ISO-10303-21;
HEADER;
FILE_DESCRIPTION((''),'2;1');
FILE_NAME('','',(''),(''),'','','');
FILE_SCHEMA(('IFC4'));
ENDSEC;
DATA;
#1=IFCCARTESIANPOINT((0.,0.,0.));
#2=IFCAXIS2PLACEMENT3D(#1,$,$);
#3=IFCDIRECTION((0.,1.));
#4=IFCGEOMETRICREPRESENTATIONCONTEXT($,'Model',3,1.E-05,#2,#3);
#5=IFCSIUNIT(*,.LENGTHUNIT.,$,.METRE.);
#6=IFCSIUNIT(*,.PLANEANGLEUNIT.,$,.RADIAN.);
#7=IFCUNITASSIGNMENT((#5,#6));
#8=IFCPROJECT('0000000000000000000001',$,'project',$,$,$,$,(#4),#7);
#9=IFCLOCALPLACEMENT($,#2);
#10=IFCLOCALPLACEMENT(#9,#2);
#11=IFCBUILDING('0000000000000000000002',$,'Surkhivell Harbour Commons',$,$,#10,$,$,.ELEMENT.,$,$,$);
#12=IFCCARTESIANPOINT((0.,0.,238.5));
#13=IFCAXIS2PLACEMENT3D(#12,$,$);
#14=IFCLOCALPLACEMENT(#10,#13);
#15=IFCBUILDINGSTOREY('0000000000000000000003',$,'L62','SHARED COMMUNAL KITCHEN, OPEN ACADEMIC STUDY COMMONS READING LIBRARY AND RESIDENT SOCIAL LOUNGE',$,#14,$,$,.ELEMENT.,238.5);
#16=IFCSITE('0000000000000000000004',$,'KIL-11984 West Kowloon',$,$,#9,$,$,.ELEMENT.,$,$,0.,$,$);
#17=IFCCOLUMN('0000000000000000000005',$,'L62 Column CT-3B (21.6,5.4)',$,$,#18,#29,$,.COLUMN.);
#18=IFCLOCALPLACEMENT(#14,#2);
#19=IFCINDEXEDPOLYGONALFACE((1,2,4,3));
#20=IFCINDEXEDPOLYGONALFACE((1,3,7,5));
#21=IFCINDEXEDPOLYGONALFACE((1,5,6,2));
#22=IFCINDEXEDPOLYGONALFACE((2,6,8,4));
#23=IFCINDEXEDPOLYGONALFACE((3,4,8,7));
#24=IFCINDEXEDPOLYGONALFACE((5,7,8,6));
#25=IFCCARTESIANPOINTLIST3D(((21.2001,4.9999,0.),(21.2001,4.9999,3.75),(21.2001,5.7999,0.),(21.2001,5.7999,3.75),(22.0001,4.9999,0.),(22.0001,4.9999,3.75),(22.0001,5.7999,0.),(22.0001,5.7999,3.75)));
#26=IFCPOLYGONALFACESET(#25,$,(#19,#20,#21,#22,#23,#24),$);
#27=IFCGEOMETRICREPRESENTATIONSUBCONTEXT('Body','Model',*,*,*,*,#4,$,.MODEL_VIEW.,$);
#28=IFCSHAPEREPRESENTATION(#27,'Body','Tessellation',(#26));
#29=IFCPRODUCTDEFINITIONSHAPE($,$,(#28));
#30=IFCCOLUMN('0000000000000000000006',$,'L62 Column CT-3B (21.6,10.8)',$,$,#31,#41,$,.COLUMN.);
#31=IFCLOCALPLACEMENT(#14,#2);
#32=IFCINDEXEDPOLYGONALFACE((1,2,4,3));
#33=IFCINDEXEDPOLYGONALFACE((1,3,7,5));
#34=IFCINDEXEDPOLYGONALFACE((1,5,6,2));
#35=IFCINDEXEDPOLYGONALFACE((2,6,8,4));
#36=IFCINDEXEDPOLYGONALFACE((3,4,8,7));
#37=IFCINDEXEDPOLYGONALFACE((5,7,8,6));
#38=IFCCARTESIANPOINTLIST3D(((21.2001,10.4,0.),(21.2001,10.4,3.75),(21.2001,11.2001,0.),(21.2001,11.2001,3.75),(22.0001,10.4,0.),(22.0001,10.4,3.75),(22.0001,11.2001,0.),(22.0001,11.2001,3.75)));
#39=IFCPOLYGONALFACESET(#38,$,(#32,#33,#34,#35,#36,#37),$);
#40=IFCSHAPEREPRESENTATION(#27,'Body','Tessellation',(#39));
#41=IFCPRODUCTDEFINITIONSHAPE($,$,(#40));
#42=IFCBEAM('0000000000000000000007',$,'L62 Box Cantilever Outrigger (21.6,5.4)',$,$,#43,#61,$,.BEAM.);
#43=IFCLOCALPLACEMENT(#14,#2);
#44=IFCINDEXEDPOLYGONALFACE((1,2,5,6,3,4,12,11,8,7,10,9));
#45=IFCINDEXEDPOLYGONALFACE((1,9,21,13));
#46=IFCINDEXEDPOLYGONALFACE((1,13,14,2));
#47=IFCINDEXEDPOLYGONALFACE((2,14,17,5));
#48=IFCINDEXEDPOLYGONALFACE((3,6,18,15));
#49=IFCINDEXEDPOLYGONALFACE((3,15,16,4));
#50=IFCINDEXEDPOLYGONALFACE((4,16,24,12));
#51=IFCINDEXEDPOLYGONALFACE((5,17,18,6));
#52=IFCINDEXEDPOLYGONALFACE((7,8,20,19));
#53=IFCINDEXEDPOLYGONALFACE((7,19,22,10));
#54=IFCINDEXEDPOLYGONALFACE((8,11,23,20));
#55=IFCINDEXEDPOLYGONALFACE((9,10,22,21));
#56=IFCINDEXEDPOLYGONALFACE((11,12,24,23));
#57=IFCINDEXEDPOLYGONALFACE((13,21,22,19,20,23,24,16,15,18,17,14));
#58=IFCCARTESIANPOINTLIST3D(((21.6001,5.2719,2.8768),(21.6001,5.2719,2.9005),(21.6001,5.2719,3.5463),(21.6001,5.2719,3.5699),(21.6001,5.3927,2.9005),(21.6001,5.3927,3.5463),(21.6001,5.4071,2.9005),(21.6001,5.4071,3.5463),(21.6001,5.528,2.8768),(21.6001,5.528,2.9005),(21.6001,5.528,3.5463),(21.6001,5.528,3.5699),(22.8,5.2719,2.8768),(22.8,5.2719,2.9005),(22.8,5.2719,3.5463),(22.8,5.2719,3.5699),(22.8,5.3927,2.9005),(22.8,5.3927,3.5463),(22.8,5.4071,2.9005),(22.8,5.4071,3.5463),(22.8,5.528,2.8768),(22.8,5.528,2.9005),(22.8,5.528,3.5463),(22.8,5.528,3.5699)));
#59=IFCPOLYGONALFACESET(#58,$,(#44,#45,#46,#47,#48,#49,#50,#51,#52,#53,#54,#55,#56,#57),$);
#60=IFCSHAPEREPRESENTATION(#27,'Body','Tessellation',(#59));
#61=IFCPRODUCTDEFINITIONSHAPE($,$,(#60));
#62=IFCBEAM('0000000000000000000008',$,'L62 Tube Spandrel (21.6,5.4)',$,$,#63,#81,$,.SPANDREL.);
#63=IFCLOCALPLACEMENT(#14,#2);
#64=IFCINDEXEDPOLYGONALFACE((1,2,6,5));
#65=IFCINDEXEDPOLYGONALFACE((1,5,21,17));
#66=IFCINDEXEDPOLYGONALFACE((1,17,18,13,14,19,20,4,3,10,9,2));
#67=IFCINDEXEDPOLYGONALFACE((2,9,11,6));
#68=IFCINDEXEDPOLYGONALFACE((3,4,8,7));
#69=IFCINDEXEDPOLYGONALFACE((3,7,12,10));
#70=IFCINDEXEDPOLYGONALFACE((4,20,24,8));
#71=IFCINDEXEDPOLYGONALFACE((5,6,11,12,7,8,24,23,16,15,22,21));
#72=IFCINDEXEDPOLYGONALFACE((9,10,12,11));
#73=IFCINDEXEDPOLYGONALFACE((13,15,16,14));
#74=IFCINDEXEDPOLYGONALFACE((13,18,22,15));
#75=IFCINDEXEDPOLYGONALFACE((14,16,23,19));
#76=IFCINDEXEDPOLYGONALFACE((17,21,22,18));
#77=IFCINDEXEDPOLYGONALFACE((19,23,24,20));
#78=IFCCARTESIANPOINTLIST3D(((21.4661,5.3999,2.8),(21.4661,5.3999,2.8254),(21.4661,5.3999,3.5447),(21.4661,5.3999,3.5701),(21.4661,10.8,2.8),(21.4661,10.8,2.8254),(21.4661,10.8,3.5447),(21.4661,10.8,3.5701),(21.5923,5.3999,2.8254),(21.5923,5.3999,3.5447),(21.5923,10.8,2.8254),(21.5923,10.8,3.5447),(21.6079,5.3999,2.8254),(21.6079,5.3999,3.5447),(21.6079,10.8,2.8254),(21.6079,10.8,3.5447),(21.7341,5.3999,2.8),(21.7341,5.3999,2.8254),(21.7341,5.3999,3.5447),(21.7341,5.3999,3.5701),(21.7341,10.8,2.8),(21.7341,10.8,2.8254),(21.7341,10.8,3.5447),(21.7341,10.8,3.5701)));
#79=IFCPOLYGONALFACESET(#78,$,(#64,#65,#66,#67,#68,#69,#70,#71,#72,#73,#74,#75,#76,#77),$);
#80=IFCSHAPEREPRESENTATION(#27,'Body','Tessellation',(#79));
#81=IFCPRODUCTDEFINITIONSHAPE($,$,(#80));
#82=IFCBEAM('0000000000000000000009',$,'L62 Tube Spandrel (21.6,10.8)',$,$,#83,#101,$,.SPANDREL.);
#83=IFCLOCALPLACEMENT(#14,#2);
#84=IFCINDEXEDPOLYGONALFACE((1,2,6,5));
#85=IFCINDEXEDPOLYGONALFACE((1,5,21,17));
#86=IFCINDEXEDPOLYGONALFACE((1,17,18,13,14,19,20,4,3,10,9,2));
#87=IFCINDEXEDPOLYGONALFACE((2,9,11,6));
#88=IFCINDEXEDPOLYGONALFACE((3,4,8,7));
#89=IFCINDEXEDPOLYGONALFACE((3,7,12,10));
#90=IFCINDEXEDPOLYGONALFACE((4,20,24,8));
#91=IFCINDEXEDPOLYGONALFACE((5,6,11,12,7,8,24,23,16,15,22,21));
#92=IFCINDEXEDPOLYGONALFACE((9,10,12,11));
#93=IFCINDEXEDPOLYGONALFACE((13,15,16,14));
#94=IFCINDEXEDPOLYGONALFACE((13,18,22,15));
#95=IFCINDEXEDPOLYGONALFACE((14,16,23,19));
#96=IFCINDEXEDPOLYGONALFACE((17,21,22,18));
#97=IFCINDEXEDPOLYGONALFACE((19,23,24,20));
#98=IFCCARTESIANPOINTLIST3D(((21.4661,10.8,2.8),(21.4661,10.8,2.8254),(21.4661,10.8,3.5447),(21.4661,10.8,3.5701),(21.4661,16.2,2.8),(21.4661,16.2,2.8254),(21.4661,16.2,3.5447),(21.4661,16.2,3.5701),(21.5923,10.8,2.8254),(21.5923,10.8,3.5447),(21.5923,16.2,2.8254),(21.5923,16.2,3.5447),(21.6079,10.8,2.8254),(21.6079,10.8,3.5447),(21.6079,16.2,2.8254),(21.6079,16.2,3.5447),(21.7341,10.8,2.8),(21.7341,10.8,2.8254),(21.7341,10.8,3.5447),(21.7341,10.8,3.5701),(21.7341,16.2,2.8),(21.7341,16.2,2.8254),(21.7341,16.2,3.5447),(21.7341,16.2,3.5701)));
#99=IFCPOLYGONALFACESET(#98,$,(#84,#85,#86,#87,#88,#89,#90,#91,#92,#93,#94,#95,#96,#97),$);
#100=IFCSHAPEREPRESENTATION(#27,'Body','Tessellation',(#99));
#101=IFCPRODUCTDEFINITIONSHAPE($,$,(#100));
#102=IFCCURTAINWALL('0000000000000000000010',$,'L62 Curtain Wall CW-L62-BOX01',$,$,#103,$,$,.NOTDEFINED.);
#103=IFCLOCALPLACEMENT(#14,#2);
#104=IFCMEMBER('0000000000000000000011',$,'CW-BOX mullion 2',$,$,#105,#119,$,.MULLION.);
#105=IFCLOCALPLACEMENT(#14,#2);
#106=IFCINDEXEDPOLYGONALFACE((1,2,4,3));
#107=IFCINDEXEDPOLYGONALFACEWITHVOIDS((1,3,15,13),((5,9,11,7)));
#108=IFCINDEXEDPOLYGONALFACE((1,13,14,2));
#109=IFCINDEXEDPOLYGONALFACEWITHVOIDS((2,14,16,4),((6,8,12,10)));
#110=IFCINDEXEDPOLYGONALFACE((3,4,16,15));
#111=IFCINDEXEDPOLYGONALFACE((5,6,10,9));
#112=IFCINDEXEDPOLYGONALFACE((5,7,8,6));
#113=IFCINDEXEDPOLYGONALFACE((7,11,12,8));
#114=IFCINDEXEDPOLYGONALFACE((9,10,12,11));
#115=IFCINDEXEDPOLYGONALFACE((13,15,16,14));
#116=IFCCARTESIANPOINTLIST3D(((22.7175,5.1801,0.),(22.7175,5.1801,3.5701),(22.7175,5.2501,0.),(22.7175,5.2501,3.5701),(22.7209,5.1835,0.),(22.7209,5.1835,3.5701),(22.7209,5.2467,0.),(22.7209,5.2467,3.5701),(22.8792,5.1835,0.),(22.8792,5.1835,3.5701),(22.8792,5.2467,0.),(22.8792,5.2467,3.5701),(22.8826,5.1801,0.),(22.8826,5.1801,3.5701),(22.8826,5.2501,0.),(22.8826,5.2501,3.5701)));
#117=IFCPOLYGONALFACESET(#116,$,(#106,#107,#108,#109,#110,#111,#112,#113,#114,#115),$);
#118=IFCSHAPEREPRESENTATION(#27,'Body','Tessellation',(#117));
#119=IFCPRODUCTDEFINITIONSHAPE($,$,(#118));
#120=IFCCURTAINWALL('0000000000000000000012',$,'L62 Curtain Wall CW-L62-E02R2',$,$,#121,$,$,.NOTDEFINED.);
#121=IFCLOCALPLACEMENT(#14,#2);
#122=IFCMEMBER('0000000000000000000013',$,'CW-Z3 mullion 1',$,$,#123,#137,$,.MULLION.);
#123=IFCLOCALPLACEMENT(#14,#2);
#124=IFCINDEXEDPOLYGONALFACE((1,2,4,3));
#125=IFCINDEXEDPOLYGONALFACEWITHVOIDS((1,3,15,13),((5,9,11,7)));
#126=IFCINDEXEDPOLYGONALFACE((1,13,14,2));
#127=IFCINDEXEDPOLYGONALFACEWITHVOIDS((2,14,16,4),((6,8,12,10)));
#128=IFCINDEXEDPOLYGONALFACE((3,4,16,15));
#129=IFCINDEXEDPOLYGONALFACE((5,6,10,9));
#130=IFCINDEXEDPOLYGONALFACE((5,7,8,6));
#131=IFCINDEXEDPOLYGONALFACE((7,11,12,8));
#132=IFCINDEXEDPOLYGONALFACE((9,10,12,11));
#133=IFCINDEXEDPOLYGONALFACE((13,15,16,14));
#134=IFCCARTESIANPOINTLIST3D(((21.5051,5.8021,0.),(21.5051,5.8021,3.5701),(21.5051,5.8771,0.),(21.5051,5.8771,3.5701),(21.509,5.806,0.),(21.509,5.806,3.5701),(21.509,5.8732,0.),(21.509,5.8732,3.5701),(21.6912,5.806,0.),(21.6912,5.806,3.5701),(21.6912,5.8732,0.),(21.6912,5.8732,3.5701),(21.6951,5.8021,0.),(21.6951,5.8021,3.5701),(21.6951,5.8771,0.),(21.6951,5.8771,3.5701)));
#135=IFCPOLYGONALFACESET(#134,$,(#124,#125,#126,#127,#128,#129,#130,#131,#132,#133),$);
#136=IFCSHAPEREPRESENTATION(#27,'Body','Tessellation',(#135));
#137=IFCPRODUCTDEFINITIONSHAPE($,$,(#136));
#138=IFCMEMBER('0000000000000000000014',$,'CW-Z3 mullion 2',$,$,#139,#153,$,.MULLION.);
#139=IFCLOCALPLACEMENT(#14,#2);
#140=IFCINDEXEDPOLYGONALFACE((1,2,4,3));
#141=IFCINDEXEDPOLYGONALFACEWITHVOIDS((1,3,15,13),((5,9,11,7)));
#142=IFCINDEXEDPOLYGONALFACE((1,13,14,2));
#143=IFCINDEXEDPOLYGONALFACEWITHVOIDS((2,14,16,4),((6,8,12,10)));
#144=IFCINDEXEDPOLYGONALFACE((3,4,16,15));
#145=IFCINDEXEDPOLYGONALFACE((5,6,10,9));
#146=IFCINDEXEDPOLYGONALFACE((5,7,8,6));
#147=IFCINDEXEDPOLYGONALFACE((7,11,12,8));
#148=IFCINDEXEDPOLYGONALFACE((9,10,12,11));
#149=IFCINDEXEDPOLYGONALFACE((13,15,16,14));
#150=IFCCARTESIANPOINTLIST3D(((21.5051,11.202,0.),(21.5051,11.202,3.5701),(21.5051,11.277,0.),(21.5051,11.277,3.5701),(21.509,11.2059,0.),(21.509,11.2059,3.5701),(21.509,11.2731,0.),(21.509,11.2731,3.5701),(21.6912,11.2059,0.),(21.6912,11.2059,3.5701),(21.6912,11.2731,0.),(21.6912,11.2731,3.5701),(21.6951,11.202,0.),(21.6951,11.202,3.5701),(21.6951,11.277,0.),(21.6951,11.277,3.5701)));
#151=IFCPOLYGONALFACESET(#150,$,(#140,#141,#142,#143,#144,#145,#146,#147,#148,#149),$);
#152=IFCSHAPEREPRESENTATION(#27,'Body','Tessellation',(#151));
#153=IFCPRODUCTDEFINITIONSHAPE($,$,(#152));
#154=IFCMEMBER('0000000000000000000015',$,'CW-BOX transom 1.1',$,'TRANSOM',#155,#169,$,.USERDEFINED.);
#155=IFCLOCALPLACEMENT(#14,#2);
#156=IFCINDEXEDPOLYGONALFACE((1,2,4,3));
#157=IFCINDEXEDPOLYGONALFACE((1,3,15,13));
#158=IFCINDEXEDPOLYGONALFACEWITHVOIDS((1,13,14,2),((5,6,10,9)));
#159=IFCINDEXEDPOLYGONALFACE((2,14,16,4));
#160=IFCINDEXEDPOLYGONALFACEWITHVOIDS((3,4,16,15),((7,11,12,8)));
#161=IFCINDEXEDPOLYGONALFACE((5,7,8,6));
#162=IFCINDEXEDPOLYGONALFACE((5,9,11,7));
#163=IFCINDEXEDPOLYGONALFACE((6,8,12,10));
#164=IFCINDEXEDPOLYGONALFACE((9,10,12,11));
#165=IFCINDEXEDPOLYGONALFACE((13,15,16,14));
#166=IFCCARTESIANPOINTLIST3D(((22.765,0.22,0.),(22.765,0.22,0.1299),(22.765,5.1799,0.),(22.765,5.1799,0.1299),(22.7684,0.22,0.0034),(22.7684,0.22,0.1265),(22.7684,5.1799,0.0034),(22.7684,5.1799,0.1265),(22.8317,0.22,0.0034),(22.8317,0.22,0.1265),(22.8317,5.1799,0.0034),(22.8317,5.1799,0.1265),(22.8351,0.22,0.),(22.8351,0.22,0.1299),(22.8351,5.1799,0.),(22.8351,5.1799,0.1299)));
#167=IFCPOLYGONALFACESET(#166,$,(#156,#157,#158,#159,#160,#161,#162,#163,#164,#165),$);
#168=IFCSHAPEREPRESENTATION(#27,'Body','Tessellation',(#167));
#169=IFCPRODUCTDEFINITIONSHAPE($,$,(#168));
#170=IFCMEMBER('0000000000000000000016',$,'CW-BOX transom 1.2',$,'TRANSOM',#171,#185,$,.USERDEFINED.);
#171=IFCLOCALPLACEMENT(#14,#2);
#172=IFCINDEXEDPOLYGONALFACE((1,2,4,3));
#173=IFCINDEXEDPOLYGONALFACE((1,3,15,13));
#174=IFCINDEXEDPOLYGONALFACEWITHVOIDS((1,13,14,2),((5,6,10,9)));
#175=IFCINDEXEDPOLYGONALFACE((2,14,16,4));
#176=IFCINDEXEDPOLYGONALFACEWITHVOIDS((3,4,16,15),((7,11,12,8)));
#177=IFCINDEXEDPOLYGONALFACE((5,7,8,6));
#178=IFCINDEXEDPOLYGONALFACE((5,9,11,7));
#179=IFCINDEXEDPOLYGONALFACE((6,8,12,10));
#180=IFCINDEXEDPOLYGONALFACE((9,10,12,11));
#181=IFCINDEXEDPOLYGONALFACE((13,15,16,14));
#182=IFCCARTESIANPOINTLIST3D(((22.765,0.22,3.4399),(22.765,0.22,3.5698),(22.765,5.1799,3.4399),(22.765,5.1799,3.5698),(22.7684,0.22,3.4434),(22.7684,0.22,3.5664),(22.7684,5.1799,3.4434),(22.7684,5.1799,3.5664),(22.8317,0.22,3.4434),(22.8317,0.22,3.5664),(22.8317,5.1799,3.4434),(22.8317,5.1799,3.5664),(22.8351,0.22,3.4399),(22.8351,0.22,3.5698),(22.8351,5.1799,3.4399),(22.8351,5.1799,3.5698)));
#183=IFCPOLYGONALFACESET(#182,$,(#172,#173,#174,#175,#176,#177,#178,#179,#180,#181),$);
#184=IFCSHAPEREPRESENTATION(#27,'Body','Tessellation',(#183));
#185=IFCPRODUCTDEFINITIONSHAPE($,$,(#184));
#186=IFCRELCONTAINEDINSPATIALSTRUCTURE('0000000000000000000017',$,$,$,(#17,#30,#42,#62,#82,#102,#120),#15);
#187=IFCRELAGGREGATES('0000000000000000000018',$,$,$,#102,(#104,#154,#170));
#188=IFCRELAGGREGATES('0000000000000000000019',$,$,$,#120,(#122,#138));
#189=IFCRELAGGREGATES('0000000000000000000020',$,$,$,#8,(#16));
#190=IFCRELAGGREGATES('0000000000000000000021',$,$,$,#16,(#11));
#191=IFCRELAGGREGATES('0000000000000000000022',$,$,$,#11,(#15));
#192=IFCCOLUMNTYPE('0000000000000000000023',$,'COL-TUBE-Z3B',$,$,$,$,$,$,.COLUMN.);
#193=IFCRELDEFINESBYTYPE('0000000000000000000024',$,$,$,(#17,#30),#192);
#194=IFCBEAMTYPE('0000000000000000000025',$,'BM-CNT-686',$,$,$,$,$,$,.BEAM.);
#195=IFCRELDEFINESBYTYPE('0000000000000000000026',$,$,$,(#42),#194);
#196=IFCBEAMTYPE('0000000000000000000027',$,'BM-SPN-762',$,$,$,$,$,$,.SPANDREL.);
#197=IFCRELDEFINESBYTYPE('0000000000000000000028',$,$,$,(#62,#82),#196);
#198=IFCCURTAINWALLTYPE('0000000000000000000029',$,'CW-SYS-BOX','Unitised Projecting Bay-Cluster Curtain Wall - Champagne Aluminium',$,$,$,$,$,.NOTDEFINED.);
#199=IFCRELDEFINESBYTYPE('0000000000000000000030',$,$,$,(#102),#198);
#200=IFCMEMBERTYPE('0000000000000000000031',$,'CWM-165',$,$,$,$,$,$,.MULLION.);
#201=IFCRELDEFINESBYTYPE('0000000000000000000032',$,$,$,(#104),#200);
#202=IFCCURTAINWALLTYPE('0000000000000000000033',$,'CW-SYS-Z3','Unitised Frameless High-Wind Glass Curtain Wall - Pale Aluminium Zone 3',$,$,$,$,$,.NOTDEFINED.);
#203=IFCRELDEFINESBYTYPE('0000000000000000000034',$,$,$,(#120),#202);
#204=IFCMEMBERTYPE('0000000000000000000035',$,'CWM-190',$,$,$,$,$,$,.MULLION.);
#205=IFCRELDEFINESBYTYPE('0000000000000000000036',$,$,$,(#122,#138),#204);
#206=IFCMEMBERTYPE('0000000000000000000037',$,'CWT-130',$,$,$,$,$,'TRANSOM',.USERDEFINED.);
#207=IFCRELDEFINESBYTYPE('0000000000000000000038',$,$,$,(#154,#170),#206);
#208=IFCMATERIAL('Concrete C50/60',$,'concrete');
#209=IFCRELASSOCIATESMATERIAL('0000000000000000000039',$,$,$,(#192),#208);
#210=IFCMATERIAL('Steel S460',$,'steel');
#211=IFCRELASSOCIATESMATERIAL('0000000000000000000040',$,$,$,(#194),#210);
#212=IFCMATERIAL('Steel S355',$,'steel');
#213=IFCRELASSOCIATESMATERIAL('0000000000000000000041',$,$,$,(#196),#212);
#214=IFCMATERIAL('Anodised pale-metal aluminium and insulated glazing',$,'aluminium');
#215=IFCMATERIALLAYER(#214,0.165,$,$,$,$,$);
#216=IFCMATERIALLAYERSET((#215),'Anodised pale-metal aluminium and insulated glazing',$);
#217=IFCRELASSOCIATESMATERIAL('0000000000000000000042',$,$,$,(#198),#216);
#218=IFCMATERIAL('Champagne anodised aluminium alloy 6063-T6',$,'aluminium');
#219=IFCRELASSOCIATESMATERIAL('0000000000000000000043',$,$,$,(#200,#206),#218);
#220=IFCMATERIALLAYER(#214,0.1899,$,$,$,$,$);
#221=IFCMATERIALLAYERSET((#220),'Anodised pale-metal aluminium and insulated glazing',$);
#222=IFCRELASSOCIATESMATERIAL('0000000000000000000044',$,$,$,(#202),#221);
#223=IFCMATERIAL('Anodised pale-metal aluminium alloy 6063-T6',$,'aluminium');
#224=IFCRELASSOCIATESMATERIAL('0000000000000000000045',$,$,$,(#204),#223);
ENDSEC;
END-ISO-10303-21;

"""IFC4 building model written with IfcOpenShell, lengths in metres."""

from ifc_helpers import new_model, si_unit, direction, frame, origin, origin_2d, place, context, subcontext, project, spatial, rectangle, hollow_rectangle, i_section, extrude, material, layer, layer_set, material_profile, profile_set, type_object, element, aggregate, save


model = new_model("IFC4")

# Units and contexts
model_context = context("Model", 3, precision=1e-05, world=origin(), true_north=direction((0.0, 1.0)))
body_context = subcontext(model_context, "Body", "Model", "MODEL_VIEW")
ifc_project = project(units=[si_unit("LENGTHUNIT", "METRE"), si_unit("PLANEANGLEUNIT", "RADIAN")], contexts=[model_context])

# Site, building, storey
site_placement = place(None, origin())
site = spatial("IfcSite", under=ifc_project, at=site_placement, Name="KIL-11984 West Kowloon", CompositionType="ELEMENT", RefElevation=0.0)
building_placement = place(site_placement, origin())
building = spatial("IfcBuilding", under=site, at=building_placement, Name="Surkhivell Harbour Commons", CompositionType="ELEMENT")
storey_placement = place(building_placement, frame((0.0, 0.0, 238.5)))
storey = spatial("IfcBuildingStorey", under=building, at=storey_placement, Name="L62", Description="SHARED COMMUNAL KITCHEN, OPEN ACADEMIC STUDY COMMONS READING LIBRARY AND RESIDENT SOCIAL LOUNGE", CompositionType="ELEMENT", Elevation=238.5)

# Columns
ifc_material_1 = material(Name="Concrete C50/60", Category="concrete")
ifc_material_profile_1 = material_profile(ifc_material_1, rectangle(XDim=0.8, YDim=0.8, at=origin_2d()), Name="RC-COL-800x800")
ifc_profile_set_1 = profile_set([ifc_material_profile_1], Name="Concrete C50/60")
column_type = type_object("IfcColumnType", Name="COL-TUBE-Z3B", PredefinedType="COLUMN", material=ifc_profile_set_1)
for number, where, z_axis, x_axis, name in (
    (1, (21.6001, 5.3999, 0.0), (0.0, 0.0, 1.0), (1.0, 0.0, 0.0), "L62 Column CT-3B (21.6,5.4)"),
    (2, (21.6001, 10.8, 0.0), (0.0, 0.0, 1.0), (1.0, 0.0, 0.0), "L62 Column CT-3B (21.6,10.8)"),
):
    element("IfcColumn", number, at=place(storey_placement, frame(where, z_axis=z_axis, x_axis=x_axis)), inside=storey, type_object=column_type, Name=name, PredefinedType="COLUMN", context=body_context, shape_type="SweptSolid", body=[
        extrude(rectangle(XDim=0.8, YDim=0.8, at=origin_2d()), origin(), (0.0, 0.0, 1.0), 3.75),
    ])

# Beams
ifc_material_2 = material(Name="Steel S460", Category="steel")
ifc_material_profile_2 = material_profile(ifc_material_2, i_section(OverallWidth=0.2561, OverallDepth=0.6931, WebThickness=0.0144, FlangeThickness=0.0237, at=origin_2d()), Name="UB686x254x170")
ifc_profile_set_2 = profile_set([ifc_material_profile_2], Name="Steel S460")
beam_type_1 = type_object("IfcBeamType", Name="BM-CNT-686", PredefinedType="BEAM", material=ifc_profile_set_2)
beam_1_placement = place(storey_placement, frame((21.6001, 5.3999, 3.2234), z_axis=(1.0, 0.0, 0.0), x_axis=(0.0, 1.0, 0.0)))
element("IfcBeam", 3, at=beam_1_placement, inside=storey, type_object=beam_type_1, Name="L62 Box Cantilever Outrigger (21.6,5.4)", PredefinedType="BEAM", context=body_context, shape_type="SweptSolid", body=[
    extrude(i_section(OverallWidth=0.2561, OverallDepth=0.6931, WebThickness=0.0144, FlangeThickness=0.0237, at=origin_2d()), origin(), (0.0, 0.0, 1.0), 1.2),
])
ifc_material_3 = material(Name="Steel S355", Category="steel")
ifc_material_profile_3 = material_profile(ifc_material_3, i_section(OverallWidth=0.2681, OverallDepth=0.77, WebThickness=0.0156, FlangeThickness=0.0254, at=origin_2d()), Name="UB762x267x197")
ifc_profile_set_3 = profile_set([ifc_material_profile_3], Name="Steel S355")
beam_type_2 = type_object("IfcBeamType", Name="BM-SPN-762", PredefinedType="SPANDREL", material=ifc_profile_set_3)
beam_2_placement = place(storey_placement, frame((21.6001, 5.3999, 3.1851), z_axis=(0.0, 1.0, 0.0), x_axis=(-1.0, 0.0, 0.0)))
element("IfcBeam", 4, at=beam_2_placement, inside=storey, type_object=beam_type_2, Name="L62 Tube Spandrel (21.6,5.4)", PredefinedType="SPANDREL", context=body_context, shape_type="SweptSolid", body=[
    extrude(i_section(OverallWidth=0.2681, OverallDepth=0.77, WebThickness=0.0156, FlangeThickness=0.0254, at=origin_2d()), origin(), (0.0, 0.0, 1.0), 5.4001),
])
beam_3_placement = place(storey_placement, frame((21.6001, 10.8, 3.1851), z_axis=(0.0, 1.0, 0.0), x_axis=(-1.0, 0.0, 0.0)))
element("IfcBeam", 5, at=beam_3_placement, inside=storey, type_object=beam_type_2, Name="L62 Tube Spandrel (21.6,10.8)", PredefinedType="SPANDREL", context=body_context, shape_type="SweptSolid", body=[
    extrude(i_section(OverallWidth=0.2681, OverallDepth=0.77, WebThickness=0.0156, FlangeThickness=0.0254, at=origin_2d()), origin(), (0.0, 0.0, 1.0), 5.3999),
])

# Curtain wall, member
ifc_material_4 = material(Name="Anodised pale-metal aluminium and insulated glazing", Category="aluminium")
ifc_layer_1 = layer(ifc_material_4, 0.165)
ifc_layer_set_1 = layer_set([ifc_layer_1], Name="Anodised pale-metal aluminium and insulated glazing")
curtain_wall_type_1 = type_object("IfcCurtainWallType", Name="CW-SYS-BOX", Description="Unitised Projecting Bay-Cluster Curtain Wall - Champagne Aluminium", PredefinedType="NOTDEFINED", material=ifc_layer_set_1)
curtain_wall_1_placement = place(storey_placement, origin())
curtain_wall_1 = element("IfcCurtainWall", 6, at=curtain_wall_1_placement, inside=storey, type_object=curtain_wall_type_1, Name="L62 Curtain Wall CW-L62-BOX01", PredefinedType="NOTDEFINED")
ifc_material_5 = material(Name="Champagne anodised aluminium alloy 6063-T6", Category="aluminium")
ifc_material_profile_4 = material_profile(ifc_material_5, hollow_rectangle(XDim=0.0701, YDim=0.165, WallThickness=0.0034, at=origin_2d()), Name="ALU-MULL-70x165")
ifc_profile_set_4 = profile_set([ifc_material_profile_4], Name="Champagne anodised aluminium alloy 6063-T6")
member_type_1 = type_object("IfcMemberType", Name="CWM-165", PredefinedType="MULLION", material=ifc_profile_set_4)
member_1_placement = place(storey_placement, frame((22.8, 5.2151, 0.0), z_axis=(0.0, 0.0, 1.0), x_axis=(0.0, 1.0, 0.0)))
member_1 = element("IfcMember", 7, at=member_1_placement, type_object=member_type_1, Name="CW-BOX mullion 2", PredefinedType="MULLION", context=body_context, shape_type="SweptSolid", body=[
    extrude(hollow_rectangle(XDim=0.0701, YDim=0.165, WallThickness=0.0034, at=origin_2d()), origin(), (0.0, 0.0, 1.0), 3.5701),
])

# Curtain wall, members
ifc_layer_2 = layer(ifc_material_4, 0.1899)
ifc_layer_set_2 = layer_set([ifc_layer_2], Name="Anodised pale-metal aluminium and insulated glazing")
curtain_wall_type_2 = type_object("IfcCurtainWallType", Name="CW-SYS-Z3", Description="Unitised Frameless High-Wind Glass Curtain Wall - Pale Aluminium Zone 3", PredefinedType="NOTDEFINED", material=ifc_layer_set_2)
curtain_wall_2_placement = place(storey_placement, origin())
curtain_wall_2 = element("IfcCurtainWall", 8, at=curtain_wall_2_placement, inside=storey, type_object=curtain_wall_type_2, Name="L62 Curtain Wall CW-L62-E02R2", PredefinedType="NOTDEFINED")
ifc_material_6 = material(Name="Anodised pale-metal aluminium alloy 6063-T6", Category="aluminium")
ifc_material_profile_5 = material_profile(ifc_material_6, hollow_rectangle(XDim=0.075, YDim=0.1899, WallThickness=0.0039, at=origin_2d()), Name="ALU-MULL-75x190")
ifc_profile_set_5 = profile_set([ifc_material_profile_5], Name="Anodised pale-metal aluminium alloy 6063-T6")
member_type_2 = type_object("IfcMemberType", Name="CWM-190", PredefinedType="MULLION", material=ifc_profile_set_5)
member_2_placement = place(storey_placement, frame((21.6001, 5.8396, 0.0), z_axis=(0.0, 0.0, 1.0), x_axis=(0.0, 1.0, 0.0)))
member_2 = element("IfcMember", 9, at=member_2_placement, type_object=member_type_2, Name="CW-Z3 mullion 1", PredefinedType="MULLION", context=body_context, shape_type="SweptSolid", body=[
    extrude(hollow_rectangle(XDim=0.075, YDim=0.1899, WallThickness=0.0039, at=origin_2d()), origin(), (0.0, 0.0, 1.0), 3.5701),
])
member_3_placement = place(storey_placement, frame((21.6001, 11.2395, 0.0), z_axis=(0.0, 0.0, 1.0), x_axis=(0.0, 1.0, 0.0)))
member_3 = element("IfcMember", 10, at=member_3_placement, type_object=member_type_2, Name="CW-Z3 mullion 2", PredefinedType="MULLION", context=body_context, shape_type="SweptSolid", body=[
    extrude(hollow_rectangle(XDim=0.075, YDim=0.1899, WallThickness=0.0039, at=origin_2d()), origin(), (0.0, 0.0, 1.0), 3.5701),
])

# Members
ifc_material_profile_6 = material_profile(ifc_material_5, hollow_rectangle(XDim=0.0701, YDim=0.1299, WallThickness=0.0034, at=origin_2d()), Name="ALU-TRAN-70x130")
ifc_profile_set_6 = profile_set([ifc_material_profile_6], Name="Champagne anodised aluminium alloy 6063-T6")
member_type_3 = type_object("IfcMemberType", Name="CWT-130", ElementType="TRANSOM", PredefinedType="USERDEFINED", material=ifc_profile_set_6)
member_4_placement = place(storey_placement, frame((22.8, 0.22, 0.0649), z_axis=(0.0, 1.0, 0.0), x_axis=(-1.0, 0.0, 0.0)))
member_4 = element("IfcMember", 11, at=member_4_placement, type_object=member_type_3, Name="CW-BOX transom 1.1", ObjectType="TRANSOM", PredefinedType="USERDEFINED", context=body_context, shape_type="SweptSolid", body=[
    extrude(hollow_rectangle(XDim=0.0701, YDim=0.1299, WallThickness=0.0034, at=origin_2d()), origin(), (0.0, 0.0, 1.0), 4.96),
])
member_5_placement = place(storey_placement, frame((22.8, 0.22, 3.5049), z_axis=(0.0, 1.0, 0.0), x_axis=(-1.0, 0.0, 0.0)))
member_5 = element("IfcMember", 12, at=member_5_placement, type_object=member_type_3, Name="CW-BOX transom 1.2", ObjectType="TRANSOM", PredefinedType="USERDEFINED", context=body_context, shape_type="SweptSolid", body=[
    extrude(hollow_rectangle(XDim=0.0701, YDim=0.1299, WallThickness=0.0034, at=origin_2d()), origin(), (0.0, 0.0, 1.0), 4.96),
])

aggregate(curtain_wall_1, [member_1, member_4, member_5])
aggregate(curtain_wall_2, [member_2, member_3])

save(model, "model.ifc")
